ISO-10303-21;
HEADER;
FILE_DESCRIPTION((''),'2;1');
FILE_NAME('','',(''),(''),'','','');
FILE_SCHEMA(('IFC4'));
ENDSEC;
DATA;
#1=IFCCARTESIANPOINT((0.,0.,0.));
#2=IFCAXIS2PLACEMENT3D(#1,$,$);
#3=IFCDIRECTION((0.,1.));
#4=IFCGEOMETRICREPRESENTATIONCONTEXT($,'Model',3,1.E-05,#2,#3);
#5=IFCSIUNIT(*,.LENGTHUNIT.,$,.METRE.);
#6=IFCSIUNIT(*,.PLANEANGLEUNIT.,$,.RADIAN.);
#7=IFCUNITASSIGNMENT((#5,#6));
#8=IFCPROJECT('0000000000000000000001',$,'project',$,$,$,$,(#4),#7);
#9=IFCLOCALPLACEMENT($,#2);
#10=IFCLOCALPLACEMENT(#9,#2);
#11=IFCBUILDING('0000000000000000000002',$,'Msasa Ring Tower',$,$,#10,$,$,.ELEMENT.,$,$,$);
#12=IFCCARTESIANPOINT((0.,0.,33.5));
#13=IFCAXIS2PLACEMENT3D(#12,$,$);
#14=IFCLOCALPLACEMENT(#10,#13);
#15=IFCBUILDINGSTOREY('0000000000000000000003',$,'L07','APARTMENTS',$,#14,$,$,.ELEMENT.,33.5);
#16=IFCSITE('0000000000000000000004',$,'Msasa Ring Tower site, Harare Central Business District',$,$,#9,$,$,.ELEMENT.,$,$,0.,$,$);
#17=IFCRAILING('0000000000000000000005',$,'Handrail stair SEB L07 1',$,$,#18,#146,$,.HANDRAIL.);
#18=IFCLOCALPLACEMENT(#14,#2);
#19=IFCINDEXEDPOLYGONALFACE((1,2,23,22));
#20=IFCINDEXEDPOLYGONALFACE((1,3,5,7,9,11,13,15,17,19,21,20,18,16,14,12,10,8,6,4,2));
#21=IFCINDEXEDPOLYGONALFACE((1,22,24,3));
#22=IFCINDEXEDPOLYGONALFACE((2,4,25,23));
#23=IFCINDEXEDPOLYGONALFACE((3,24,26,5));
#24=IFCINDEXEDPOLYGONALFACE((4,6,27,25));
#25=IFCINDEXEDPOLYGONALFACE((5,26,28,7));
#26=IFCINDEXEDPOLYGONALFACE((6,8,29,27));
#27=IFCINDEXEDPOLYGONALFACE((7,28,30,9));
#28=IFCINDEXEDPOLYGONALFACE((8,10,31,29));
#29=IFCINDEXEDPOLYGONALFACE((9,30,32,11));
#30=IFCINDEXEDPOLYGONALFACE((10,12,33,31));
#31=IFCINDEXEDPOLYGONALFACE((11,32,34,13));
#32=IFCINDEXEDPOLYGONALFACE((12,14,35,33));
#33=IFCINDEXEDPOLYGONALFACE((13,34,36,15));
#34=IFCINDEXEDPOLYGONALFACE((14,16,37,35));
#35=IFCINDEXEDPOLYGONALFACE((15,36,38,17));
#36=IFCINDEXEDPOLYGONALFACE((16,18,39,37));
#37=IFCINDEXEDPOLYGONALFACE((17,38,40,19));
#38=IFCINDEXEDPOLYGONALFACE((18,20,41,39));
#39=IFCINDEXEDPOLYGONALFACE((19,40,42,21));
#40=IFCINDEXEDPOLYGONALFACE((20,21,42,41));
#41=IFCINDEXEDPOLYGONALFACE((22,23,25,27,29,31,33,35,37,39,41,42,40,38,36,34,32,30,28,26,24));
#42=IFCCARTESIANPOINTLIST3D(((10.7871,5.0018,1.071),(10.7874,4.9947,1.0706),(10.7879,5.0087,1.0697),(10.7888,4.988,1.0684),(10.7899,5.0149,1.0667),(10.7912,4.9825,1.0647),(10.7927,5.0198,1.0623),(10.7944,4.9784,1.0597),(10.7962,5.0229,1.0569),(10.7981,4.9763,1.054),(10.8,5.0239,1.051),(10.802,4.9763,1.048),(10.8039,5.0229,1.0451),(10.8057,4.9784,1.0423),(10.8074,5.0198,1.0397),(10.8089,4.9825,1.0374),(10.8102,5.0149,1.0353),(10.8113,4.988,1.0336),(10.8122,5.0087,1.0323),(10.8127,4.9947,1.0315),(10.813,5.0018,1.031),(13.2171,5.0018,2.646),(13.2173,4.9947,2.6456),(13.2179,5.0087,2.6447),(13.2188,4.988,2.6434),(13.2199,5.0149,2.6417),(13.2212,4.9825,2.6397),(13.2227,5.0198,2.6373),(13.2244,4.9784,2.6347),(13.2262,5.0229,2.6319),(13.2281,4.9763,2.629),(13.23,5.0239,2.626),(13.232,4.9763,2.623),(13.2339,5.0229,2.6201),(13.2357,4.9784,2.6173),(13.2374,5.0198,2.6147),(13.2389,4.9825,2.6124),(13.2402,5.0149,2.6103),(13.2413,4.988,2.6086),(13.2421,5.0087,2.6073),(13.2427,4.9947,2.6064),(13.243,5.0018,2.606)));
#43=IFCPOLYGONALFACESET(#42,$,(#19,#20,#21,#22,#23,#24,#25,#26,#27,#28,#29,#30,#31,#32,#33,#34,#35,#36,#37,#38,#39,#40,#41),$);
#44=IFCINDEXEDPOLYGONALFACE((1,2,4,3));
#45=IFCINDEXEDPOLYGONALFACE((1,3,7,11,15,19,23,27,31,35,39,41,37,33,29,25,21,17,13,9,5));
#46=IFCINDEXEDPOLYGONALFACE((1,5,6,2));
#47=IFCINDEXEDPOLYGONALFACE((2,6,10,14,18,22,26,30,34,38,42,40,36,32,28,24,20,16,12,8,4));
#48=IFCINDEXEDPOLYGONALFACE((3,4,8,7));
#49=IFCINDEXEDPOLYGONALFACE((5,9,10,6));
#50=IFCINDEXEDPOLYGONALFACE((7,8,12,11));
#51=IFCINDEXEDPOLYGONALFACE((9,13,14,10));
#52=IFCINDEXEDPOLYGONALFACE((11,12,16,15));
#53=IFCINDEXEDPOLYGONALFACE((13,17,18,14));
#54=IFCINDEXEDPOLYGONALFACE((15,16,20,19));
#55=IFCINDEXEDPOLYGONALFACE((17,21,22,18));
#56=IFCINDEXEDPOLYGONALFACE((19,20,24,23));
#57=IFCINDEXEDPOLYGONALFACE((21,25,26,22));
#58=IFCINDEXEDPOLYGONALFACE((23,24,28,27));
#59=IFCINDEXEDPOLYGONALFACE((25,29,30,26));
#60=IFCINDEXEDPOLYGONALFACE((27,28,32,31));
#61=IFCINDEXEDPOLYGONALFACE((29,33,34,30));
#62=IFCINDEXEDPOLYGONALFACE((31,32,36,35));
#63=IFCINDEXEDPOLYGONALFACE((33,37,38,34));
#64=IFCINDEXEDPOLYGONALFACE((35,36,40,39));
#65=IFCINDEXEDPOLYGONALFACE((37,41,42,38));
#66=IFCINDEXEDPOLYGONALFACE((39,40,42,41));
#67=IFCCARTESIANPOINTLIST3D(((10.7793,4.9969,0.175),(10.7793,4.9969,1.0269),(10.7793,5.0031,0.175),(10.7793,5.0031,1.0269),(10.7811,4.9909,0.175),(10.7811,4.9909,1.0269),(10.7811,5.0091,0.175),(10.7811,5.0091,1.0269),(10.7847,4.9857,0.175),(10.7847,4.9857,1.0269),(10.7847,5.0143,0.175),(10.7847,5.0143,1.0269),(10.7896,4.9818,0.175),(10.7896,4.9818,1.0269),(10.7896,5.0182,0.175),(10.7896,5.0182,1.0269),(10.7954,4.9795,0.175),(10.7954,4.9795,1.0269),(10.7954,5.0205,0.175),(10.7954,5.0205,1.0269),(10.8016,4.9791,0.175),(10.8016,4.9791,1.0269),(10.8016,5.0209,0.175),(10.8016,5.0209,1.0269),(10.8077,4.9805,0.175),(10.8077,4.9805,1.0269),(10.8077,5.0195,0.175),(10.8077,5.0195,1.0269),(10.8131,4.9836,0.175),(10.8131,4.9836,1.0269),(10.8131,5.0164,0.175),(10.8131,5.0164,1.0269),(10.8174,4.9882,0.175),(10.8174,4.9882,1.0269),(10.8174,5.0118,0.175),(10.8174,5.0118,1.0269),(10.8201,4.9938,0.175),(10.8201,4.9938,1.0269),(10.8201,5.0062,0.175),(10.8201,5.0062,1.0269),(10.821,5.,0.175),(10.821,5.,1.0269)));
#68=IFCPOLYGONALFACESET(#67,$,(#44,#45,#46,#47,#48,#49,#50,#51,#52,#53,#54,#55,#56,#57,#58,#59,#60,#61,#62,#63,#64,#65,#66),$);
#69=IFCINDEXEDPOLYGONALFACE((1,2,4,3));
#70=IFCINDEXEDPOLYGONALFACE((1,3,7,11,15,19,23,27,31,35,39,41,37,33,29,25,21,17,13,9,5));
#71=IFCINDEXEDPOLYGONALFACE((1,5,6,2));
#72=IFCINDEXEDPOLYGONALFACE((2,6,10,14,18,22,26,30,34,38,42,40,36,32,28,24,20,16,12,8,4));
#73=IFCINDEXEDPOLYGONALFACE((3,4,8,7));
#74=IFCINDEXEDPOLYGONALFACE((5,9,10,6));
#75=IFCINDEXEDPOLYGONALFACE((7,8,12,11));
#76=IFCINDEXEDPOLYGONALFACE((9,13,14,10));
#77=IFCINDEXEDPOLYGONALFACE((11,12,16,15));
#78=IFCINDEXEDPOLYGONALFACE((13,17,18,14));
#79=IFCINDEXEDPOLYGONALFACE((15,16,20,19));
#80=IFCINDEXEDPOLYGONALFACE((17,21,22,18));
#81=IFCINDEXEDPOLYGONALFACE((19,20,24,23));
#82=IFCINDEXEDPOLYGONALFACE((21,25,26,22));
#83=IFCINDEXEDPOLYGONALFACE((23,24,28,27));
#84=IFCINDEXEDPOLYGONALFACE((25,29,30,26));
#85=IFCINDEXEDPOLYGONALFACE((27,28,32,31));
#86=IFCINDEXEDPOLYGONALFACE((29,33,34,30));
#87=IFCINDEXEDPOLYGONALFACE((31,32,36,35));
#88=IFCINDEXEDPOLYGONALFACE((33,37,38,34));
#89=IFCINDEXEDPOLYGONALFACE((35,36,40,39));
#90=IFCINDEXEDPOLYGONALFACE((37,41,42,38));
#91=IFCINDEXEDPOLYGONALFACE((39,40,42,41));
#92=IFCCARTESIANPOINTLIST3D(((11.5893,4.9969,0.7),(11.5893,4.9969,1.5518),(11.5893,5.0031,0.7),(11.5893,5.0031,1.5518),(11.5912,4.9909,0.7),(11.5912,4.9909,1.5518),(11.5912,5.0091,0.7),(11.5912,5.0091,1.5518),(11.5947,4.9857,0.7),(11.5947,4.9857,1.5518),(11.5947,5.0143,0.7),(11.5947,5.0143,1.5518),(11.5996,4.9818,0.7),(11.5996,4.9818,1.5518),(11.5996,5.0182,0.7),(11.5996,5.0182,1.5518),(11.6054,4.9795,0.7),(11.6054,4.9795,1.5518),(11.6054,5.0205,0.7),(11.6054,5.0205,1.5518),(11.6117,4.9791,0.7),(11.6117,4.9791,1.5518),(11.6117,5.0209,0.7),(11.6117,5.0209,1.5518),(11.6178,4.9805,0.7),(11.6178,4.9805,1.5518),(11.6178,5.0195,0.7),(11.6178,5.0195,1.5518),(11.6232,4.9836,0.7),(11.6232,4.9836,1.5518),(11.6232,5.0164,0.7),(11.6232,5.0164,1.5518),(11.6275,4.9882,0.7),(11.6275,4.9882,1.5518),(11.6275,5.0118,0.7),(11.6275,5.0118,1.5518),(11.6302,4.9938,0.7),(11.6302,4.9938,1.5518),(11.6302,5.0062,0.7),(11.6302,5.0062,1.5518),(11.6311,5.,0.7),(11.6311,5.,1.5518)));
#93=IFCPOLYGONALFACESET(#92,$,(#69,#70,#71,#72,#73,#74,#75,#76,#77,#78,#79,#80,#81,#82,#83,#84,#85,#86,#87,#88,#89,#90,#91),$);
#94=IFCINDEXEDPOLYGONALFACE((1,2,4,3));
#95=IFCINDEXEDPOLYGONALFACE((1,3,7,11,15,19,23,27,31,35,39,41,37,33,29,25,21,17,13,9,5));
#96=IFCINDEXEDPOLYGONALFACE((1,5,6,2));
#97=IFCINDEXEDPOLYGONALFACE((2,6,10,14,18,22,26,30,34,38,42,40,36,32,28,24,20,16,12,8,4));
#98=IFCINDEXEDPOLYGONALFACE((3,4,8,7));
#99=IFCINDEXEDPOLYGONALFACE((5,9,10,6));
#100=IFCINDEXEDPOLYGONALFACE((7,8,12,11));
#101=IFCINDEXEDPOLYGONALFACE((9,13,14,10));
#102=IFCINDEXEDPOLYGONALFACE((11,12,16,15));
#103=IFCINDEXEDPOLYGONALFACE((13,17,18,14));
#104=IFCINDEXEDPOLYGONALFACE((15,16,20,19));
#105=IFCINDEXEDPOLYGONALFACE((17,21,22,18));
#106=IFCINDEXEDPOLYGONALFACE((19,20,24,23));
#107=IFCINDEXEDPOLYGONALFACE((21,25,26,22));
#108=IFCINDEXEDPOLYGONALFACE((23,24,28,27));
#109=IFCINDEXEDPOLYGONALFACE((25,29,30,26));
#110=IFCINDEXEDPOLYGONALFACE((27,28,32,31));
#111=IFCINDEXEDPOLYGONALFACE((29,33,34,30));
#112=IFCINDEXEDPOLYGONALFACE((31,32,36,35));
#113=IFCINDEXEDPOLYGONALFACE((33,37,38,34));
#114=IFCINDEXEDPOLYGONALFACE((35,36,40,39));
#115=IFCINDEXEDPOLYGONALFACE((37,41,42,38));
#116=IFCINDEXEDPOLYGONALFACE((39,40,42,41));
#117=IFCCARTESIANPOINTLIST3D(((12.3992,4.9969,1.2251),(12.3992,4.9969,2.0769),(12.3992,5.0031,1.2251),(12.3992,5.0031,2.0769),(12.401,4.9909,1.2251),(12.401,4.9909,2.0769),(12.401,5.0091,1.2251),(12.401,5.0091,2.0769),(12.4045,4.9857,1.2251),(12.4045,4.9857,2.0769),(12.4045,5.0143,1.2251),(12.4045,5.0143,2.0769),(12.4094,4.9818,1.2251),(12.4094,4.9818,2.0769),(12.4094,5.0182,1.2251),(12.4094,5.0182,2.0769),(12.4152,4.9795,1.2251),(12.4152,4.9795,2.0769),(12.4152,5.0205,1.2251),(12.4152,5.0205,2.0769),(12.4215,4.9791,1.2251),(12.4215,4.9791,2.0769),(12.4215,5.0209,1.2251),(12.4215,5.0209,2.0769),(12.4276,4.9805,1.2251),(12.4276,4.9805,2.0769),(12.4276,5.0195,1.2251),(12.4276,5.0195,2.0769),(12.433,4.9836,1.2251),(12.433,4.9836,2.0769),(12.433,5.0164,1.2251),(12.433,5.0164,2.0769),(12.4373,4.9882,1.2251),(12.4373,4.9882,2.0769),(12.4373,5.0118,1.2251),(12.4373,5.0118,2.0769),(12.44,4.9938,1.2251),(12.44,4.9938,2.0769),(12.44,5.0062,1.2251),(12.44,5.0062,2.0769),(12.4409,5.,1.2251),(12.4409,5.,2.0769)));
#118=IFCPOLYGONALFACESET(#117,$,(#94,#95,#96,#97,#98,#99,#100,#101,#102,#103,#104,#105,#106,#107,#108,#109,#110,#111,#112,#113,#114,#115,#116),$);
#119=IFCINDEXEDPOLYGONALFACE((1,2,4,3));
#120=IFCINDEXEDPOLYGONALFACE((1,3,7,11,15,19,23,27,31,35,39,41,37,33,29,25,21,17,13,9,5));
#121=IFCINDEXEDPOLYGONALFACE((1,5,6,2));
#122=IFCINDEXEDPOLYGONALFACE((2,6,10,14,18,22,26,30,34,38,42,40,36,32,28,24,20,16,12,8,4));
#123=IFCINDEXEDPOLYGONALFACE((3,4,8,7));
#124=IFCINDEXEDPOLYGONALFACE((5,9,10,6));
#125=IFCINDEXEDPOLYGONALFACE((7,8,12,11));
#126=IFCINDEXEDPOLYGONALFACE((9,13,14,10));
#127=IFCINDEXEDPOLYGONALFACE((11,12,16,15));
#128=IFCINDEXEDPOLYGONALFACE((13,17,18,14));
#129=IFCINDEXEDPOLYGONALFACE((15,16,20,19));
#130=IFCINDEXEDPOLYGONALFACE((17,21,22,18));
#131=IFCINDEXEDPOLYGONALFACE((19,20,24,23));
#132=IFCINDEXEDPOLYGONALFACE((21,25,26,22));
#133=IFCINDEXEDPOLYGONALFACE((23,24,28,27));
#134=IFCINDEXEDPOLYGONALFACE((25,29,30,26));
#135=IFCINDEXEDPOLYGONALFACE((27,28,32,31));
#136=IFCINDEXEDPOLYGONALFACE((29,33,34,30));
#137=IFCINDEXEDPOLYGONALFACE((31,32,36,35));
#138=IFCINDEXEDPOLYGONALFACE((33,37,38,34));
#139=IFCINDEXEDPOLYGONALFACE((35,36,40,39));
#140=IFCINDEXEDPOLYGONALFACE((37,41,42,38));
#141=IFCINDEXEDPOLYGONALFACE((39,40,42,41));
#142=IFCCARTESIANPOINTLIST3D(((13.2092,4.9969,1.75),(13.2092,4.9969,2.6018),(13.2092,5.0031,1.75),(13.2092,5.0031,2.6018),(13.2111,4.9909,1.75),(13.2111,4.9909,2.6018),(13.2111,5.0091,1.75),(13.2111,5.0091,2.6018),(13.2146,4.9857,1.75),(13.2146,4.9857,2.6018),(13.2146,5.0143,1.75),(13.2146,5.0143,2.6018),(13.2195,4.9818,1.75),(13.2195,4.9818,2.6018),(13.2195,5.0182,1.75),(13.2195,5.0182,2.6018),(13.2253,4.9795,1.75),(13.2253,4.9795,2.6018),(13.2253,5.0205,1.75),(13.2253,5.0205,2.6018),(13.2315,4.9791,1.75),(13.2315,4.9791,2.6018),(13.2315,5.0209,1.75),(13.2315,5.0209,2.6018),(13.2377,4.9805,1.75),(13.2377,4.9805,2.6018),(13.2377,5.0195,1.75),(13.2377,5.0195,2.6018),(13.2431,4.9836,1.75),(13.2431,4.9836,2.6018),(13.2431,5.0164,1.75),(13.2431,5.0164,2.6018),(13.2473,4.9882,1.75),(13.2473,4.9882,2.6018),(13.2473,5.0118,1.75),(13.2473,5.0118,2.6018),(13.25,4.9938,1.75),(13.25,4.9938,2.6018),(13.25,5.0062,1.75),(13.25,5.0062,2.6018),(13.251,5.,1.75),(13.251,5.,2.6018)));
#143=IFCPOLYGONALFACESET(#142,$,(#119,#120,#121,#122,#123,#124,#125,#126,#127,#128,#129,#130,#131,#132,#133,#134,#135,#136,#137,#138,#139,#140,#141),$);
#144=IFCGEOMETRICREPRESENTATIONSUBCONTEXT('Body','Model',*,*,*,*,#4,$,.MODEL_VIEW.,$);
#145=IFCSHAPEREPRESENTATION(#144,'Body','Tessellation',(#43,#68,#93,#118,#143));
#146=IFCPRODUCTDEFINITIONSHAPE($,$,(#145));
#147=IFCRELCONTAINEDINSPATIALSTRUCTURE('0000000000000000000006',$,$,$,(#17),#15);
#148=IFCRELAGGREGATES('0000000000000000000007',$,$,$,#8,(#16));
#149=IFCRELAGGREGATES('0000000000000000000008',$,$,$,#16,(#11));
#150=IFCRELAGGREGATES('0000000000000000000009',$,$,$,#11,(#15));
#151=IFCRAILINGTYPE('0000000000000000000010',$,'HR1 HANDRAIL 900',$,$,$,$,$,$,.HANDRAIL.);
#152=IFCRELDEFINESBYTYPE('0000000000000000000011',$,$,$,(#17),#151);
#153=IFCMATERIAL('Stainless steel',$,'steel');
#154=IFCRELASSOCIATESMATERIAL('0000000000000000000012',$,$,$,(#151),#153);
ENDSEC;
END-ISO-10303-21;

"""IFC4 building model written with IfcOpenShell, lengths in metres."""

from ifc_helpers import new_model, si_unit, direction, frame, origin, origin_2d, place, context, subcontext, project, spatial, circle, extrude, material, type_object, element, save


model = new_model("IFC4")

# Units and contexts
model_context = context("Model", 3, precision=1e-05, world=origin(), true_north=direction((0.0, 1.0)))
body_context = subcontext(model_context, "Body", "Model", "MODEL_VIEW")
ifc_project = project(units=[si_unit("LENGTHUNIT", "METRE"), si_unit("PLANEANGLEUNIT", "RADIAN")], contexts=[model_context])

# Site, building, storey
site_placement = place(None, origin())
site = spatial("IfcSite", under=ifc_project, at=site_placement, Name="Msasa Ring Tower site, Harare Central Business District", CompositionType="ELEMENT", RefElevation=0.0)
building_placement = place(site_placement, origin())
building = spatial("IfcBuilding", under=site, at=building_placement, Name="Msasa Ring Tower", CompositionType="ELEMENT")
storey_placement = place(building_placement, frame((0.0, 0.0, 33.5)))
storey = spatial("IfcBuildingStorey", under=building, at=storey_placement, Name="L07", Description="APARTMENTS", CompositionType="ELEMENT", Elevation=33.5)

# Railing
ifc_material_1 = material(Name="Stainless steel", Category="steel")
railing_type = type_object("IfcRailingType", Name="HR1 HANDRAIL 900", PredefinedType="HANDRAIL", material=ifc_material_1)
for number, where, name in (
    (1, (10.8, 5.0, 0.175), "Handrail stair SEB L07 1"),
):
    element("IfcRailing", number, at=place(storey_placement, frame(where)), inside=storey, type_object=railing_type, Name=name, PredefinedType="HANDRAIL", context=body_context, shape_type="SweptSolid", body=[
        extrude(circle(Radius=0.0239, at=origin_2d()), frame((0.0, 0.0, 0.876), z_axis=(0.839154, 0.0, 0.543894), x_axis=(0.0, 1.0, 0.0)), (0.0, 0.0, 1.0), 2.8958),
        extrude(circle(Radius=0.021, at=origin_2d()), origin(), (0.0, 0.0, 1.0), 0.8518),
        extrude(circle(Radius=0.021, at=origin_2d()), frame((0.8101, 0.0, 0.5249)), (0.0, 0.0, 1.0), 0.8518),
        extrude(circle(Radius=0.021, at=origin_2d()), frame((1.6199, 0.0, 1.05)), (0.0, 0.0, 1.0), 0.8518),
        extrude(circle(Radius=0.021, at=origin_2d()), frame((2.4299, 0.0, 1.575)), (0.0, 0.0, 1.0), 0.8518),
    ])

save(model, "model.ifc")
